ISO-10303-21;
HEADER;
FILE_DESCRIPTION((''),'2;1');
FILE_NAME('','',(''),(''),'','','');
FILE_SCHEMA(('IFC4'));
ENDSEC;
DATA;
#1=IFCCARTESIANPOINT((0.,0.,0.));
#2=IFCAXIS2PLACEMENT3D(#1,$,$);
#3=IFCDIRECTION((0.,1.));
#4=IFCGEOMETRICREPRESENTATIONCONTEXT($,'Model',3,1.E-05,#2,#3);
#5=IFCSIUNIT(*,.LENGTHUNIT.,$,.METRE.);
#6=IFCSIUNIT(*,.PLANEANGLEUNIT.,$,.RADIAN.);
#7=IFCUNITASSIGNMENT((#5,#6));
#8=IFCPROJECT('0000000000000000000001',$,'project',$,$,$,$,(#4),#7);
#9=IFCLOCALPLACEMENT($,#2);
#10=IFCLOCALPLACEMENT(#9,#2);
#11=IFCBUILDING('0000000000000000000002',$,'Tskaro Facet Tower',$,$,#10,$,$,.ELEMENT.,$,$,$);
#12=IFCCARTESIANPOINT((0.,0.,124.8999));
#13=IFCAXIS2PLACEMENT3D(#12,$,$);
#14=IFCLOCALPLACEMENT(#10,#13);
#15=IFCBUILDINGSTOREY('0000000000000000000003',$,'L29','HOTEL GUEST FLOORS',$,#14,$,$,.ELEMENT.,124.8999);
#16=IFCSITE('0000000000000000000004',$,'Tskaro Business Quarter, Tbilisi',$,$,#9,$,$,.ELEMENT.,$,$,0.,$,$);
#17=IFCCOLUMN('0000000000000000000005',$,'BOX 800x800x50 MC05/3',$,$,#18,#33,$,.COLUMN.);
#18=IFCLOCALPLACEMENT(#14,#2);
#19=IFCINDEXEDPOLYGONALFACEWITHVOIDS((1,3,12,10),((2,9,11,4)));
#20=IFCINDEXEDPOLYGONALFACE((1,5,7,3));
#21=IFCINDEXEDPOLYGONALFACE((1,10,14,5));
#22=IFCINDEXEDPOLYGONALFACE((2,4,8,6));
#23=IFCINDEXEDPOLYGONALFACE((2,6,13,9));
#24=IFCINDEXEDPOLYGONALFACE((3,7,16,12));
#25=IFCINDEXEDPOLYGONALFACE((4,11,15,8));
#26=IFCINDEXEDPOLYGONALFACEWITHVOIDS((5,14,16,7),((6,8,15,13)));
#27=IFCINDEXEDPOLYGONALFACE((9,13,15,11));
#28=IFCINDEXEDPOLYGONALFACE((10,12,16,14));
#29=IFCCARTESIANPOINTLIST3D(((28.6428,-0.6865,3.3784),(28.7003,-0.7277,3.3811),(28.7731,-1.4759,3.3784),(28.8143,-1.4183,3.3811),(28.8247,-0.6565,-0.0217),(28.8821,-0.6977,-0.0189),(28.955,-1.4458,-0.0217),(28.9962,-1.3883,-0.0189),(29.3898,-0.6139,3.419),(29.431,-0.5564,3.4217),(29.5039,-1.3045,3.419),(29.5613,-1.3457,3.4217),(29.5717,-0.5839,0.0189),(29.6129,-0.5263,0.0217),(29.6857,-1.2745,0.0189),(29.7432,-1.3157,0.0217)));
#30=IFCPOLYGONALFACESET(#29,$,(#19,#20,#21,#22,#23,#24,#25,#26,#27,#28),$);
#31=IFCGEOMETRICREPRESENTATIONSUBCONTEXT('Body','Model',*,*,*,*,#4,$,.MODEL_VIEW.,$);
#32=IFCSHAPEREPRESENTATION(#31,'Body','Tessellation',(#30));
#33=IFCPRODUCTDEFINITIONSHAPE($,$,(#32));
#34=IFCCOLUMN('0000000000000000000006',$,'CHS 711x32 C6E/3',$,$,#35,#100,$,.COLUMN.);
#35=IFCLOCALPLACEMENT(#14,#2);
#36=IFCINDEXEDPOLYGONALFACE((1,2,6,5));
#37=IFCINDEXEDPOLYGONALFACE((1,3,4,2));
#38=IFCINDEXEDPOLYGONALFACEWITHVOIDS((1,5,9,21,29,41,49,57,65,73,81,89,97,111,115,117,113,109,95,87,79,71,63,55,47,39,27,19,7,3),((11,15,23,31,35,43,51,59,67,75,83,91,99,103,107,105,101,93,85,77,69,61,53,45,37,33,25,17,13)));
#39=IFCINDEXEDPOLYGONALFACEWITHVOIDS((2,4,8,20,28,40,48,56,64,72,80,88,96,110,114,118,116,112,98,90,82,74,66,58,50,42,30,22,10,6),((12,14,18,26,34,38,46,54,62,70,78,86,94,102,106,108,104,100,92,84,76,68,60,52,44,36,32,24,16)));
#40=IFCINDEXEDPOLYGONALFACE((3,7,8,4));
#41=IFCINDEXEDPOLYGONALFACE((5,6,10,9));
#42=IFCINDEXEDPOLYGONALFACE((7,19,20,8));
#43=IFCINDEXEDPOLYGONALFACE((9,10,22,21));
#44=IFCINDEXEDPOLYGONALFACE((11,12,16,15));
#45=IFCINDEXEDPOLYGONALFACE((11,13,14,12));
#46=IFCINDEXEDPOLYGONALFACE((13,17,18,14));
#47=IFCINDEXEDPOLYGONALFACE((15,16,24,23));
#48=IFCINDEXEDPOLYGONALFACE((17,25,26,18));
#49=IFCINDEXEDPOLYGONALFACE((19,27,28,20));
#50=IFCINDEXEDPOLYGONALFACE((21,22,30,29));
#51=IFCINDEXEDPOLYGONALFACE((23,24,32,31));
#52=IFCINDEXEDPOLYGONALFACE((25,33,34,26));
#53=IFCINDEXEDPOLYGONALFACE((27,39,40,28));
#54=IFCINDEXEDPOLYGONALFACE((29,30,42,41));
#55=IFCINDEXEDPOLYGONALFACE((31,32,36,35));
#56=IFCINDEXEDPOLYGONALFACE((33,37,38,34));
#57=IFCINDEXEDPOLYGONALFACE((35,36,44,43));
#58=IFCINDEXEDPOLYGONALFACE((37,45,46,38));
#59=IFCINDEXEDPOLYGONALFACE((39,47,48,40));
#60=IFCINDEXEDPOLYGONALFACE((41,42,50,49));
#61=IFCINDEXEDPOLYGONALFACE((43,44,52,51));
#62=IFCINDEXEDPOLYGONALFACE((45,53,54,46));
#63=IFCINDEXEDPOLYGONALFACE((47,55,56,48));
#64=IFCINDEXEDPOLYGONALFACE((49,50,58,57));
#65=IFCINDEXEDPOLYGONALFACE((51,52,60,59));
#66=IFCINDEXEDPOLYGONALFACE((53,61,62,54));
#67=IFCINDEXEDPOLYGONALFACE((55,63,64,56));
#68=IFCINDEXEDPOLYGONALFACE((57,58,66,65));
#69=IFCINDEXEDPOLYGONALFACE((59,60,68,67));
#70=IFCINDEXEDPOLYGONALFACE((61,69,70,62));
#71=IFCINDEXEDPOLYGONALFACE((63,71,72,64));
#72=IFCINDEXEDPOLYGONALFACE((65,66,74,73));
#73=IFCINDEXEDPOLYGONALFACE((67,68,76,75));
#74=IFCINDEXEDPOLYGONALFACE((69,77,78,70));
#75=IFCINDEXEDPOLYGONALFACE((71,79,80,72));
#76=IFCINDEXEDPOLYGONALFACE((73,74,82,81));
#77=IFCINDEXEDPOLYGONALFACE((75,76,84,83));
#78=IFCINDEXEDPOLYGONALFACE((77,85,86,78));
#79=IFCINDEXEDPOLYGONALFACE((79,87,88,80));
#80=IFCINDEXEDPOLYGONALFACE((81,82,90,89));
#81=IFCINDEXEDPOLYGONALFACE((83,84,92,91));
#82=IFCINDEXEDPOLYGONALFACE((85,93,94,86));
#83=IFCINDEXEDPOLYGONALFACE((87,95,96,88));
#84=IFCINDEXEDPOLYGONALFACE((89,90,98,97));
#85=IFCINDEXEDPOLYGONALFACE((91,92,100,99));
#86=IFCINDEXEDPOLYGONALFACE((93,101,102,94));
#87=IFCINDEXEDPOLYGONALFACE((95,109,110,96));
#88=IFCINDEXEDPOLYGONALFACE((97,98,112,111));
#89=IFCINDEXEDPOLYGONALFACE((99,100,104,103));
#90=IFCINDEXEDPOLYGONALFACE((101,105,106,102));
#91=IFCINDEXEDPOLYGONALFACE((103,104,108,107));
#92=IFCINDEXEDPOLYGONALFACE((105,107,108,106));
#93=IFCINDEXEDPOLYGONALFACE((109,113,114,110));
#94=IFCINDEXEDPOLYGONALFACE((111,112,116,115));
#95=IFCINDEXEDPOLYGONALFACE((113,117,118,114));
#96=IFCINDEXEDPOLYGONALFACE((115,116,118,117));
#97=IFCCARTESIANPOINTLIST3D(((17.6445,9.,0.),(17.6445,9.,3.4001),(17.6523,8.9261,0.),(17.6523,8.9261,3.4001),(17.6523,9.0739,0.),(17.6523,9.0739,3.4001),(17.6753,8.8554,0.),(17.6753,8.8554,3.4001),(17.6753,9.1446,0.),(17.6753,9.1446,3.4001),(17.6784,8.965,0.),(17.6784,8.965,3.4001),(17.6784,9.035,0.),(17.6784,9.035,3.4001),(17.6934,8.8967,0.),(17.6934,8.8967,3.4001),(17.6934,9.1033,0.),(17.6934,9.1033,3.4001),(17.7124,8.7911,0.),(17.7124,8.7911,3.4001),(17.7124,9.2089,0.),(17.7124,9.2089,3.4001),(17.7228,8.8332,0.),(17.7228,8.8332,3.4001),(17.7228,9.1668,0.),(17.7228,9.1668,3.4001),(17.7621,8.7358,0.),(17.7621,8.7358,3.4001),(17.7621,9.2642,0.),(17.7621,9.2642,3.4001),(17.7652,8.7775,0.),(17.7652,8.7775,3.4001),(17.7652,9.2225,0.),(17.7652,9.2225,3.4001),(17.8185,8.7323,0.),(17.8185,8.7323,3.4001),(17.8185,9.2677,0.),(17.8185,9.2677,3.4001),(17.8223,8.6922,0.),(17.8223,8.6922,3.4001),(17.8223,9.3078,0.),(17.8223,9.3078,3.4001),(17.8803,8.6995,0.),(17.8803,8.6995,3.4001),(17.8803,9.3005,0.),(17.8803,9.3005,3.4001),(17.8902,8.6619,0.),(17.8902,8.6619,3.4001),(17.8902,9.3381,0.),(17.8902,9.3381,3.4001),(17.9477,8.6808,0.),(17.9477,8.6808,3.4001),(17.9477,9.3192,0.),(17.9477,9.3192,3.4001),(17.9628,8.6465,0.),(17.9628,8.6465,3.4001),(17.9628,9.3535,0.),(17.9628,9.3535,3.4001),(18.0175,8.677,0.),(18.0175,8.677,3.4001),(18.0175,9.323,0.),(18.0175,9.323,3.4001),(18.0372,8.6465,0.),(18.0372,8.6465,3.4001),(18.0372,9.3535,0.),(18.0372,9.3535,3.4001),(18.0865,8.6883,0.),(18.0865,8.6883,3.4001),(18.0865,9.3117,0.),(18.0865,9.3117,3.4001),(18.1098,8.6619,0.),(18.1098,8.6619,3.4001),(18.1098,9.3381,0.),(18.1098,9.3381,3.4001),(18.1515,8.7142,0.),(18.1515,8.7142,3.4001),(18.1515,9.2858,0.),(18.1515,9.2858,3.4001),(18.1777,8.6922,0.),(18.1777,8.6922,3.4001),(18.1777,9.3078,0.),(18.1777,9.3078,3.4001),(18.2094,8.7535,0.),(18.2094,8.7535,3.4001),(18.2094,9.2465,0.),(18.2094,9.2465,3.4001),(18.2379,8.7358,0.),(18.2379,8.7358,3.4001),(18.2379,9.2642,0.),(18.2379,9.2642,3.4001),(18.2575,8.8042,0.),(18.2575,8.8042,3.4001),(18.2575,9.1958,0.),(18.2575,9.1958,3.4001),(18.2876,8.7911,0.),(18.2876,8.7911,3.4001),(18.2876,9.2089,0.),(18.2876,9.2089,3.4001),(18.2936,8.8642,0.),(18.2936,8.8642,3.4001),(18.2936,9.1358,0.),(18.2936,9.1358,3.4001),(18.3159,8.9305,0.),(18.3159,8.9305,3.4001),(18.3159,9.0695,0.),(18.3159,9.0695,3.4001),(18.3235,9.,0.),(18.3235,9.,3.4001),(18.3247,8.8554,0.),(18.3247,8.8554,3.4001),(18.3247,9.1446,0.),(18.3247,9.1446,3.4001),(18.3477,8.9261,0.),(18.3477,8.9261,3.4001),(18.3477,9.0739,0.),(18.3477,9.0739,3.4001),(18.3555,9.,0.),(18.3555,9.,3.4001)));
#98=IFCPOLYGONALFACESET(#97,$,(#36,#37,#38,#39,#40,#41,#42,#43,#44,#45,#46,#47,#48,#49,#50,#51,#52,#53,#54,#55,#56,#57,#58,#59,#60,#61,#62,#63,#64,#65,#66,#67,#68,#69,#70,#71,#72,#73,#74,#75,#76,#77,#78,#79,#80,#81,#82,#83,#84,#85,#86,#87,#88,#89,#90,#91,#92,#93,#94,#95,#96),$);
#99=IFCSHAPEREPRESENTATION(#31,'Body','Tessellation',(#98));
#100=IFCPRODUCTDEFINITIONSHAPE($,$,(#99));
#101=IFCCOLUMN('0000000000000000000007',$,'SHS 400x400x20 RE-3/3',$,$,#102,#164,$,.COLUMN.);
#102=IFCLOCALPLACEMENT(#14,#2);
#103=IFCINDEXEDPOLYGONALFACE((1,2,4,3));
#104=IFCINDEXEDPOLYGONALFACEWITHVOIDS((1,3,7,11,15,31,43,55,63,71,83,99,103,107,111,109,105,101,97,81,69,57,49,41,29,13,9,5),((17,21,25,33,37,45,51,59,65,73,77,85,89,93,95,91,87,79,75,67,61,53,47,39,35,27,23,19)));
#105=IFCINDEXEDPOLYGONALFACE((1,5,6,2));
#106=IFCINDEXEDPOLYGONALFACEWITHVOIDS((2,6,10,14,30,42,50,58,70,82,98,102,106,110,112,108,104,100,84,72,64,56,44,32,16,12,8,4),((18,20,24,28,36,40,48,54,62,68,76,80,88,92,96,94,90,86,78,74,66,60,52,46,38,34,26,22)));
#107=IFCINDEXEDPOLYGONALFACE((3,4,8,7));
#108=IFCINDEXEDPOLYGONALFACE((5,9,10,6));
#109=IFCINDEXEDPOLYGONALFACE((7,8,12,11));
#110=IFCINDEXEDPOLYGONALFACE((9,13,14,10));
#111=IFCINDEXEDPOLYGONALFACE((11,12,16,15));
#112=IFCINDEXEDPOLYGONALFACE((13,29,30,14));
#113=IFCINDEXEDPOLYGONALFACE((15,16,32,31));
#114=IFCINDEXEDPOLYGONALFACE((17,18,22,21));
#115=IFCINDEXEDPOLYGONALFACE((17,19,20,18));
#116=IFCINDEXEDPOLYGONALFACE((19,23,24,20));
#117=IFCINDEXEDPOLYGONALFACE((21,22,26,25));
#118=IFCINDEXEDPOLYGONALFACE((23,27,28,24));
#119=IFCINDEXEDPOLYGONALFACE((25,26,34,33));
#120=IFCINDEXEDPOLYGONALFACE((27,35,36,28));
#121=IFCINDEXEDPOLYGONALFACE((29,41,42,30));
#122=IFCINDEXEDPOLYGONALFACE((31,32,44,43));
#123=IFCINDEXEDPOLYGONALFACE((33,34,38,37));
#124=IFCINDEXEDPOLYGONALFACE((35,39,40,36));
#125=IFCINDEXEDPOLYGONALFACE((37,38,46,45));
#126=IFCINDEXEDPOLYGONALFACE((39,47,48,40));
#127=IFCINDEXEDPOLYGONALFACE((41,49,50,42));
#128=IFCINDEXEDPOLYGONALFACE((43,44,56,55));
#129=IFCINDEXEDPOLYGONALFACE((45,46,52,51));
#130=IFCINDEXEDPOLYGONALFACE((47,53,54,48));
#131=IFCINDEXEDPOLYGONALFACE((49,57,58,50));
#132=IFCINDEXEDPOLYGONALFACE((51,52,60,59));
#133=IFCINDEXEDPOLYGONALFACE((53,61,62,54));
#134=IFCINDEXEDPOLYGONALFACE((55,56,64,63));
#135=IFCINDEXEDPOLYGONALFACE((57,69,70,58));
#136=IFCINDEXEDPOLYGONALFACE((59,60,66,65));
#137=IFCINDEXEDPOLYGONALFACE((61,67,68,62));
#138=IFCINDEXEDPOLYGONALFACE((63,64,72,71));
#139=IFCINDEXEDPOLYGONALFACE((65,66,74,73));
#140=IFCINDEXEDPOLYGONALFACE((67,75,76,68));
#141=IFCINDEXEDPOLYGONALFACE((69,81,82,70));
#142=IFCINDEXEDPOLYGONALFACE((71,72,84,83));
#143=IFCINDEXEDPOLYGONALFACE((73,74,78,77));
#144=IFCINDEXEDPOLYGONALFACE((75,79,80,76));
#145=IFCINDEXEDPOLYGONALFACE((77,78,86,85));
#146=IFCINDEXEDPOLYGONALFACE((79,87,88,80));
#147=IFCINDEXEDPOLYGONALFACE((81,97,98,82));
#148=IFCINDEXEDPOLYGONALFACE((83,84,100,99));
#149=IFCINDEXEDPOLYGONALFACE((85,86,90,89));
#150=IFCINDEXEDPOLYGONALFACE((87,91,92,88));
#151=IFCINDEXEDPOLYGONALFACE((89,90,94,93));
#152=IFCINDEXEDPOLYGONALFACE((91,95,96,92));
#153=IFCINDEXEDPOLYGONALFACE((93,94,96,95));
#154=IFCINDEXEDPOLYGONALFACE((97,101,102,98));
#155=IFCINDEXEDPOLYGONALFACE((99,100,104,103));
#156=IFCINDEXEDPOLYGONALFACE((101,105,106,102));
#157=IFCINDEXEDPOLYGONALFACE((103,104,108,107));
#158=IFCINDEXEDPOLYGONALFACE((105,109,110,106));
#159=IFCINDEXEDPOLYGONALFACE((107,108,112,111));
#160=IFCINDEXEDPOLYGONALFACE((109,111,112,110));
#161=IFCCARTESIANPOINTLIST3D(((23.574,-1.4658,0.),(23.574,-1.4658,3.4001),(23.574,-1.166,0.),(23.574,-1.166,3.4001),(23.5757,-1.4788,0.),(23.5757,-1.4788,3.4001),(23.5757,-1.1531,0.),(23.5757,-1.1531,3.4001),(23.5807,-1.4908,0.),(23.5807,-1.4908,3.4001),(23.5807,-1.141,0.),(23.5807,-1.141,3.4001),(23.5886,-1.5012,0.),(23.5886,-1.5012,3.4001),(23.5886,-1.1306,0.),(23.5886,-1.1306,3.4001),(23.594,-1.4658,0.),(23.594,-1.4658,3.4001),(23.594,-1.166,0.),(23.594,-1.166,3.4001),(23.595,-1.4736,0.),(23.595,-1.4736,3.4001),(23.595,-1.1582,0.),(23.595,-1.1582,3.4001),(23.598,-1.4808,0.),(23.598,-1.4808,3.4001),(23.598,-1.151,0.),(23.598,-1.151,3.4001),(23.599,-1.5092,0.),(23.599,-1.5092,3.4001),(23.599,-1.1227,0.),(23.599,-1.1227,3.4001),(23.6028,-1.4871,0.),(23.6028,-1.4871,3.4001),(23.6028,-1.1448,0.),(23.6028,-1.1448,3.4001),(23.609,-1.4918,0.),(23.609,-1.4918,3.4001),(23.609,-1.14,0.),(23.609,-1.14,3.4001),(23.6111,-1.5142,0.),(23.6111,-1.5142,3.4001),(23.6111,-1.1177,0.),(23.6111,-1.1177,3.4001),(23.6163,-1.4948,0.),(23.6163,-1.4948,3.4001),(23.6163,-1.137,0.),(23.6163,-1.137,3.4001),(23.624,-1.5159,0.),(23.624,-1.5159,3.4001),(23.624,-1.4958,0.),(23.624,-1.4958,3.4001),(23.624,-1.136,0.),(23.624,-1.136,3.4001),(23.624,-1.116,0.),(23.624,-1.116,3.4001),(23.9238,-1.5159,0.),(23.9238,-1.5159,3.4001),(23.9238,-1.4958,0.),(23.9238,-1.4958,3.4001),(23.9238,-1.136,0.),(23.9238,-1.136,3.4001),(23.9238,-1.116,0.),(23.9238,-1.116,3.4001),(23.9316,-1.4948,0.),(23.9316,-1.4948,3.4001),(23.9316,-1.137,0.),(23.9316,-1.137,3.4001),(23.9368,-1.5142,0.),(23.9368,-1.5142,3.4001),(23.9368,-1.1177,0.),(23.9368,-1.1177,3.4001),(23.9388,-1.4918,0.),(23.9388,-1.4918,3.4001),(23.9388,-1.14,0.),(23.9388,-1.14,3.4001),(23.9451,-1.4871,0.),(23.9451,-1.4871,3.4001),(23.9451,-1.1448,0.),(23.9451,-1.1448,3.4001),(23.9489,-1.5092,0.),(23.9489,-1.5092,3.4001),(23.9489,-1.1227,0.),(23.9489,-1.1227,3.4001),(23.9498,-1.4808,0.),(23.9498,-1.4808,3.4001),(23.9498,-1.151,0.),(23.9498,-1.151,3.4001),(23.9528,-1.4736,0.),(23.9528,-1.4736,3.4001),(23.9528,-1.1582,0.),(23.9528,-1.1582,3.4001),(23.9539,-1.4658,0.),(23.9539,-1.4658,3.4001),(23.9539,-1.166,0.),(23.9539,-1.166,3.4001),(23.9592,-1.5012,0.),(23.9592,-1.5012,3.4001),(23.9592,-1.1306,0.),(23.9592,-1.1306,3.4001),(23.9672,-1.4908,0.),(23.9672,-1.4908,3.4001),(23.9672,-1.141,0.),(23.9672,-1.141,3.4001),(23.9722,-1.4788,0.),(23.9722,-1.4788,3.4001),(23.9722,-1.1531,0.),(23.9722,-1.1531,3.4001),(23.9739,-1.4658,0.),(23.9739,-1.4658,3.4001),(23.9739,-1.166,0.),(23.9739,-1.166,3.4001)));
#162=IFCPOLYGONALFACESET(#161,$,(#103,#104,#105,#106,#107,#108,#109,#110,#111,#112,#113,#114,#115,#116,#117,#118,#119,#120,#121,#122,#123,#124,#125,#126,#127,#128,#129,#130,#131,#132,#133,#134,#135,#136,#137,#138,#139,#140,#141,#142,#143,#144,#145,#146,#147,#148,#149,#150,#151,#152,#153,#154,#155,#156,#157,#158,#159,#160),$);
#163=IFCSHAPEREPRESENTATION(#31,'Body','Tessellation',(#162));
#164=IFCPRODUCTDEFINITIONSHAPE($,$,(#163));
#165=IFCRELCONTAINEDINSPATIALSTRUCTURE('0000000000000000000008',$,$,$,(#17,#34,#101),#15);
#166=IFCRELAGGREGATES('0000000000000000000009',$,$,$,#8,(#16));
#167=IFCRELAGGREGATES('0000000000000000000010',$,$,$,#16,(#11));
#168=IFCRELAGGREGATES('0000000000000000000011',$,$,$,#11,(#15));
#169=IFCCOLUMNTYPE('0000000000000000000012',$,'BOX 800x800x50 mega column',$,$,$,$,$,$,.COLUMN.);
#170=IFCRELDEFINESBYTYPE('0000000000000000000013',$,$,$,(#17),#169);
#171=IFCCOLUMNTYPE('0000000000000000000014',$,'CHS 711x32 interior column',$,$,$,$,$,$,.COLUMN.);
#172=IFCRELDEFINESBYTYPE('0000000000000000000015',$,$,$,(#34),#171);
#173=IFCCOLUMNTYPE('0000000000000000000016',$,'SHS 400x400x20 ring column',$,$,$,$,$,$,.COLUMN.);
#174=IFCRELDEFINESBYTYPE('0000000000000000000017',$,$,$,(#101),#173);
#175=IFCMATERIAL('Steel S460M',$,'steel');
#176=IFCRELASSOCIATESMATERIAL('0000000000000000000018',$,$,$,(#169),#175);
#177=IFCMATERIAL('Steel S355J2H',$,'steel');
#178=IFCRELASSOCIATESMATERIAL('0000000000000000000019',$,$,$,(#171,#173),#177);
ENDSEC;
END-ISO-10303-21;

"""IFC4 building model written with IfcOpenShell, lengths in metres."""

from ifc_helpers import new_model, si_unit, direction, frame, origin, origin_2d, place, context, subcontext, project, spatial, hollow_rectangle, hollow_circle, extrude, material, material_profile, profile_set, type_object, element, save


model = new_model("IFC4")

# Units and contexts
model_context = context("Model", 3, precision=1e-05, world=origin(), true_north=direction((0.0, 1.0)))
body_context = subcontext(model_context, "Body", "Model", "MODEL_VIEW")
ifc_project = project(units=[si_unit("LENGTHUNIT", "METRE"), si_unit("PLANEANGLEUNIT", "RADIAN")], contexts=[model_context])

# Site, building, storey
site_placement = place(None, origin())
site = spatial("IfcSite", under=ifc_project, at=site_placement, Name="Tskaro Business Quarter, Tbilisi", CompositionType="ELEMENT", RefElevation=0.0)
building_placement = place(site_placement, origin())
building = spatial("IfcBuilding", under=site, at=building_placement, Name="Tskaro Facet Tower", CompositionType="ELEMENT")
storey_placement = place(building_placement, frame((0.0, 0.0, 124.8999)))
storey = spatial("IfcBuildingStorey", under=building, at=storey_placement, Name="L29", Description="HOTEL GUEST FLOORS", CompositionType="ELEMENT", Elevation=124.8999)

# Columns
ifc_material_1 = material(Name="Steel S460M", Category="steel")
ifc_material_profile_1 = material_profile(ifc_material_1, hollow_rectangle(XDim=0.8, YDim=0.8, WallThickness=0.05, at=origin_2d()), Name="BOX 800x800x50")
ifc_profile_set_1 = profile_set([ifc_material_profile_1], Name="Steel S460M")
column_type_1 = type_object("IfcColumnType", Name="BOX 800x800x50 mega column", PredefinedType="COLUMN", material=ifc_profile_set_1)
column_1_placement = place(storey_placement, frame((29.2839, -0.9861, 0.0), z_axis=(-0.053415, -0.008819, 0.998533), x_axis=(0.162895, -0.986643, 0.0)))
element("IfcColumn", 1, at=column_1_placement, inside=storey, type_object=column_type_1, Name="BOX 800x800x50 MC05/3", PredefinedType="COLUMN", context=body_context, shape_type="SweptSolid", body=[
    extrude(hollow_rectangle(XDim=0.8, YDim=0.8, WallThickness=0.05, at=origin_2d()), origin(), (0.0, 0.0, 1.0), 3.405),
])
ifc_material_2 = material(Name="Steel S355J2H", Category="steel")
ifc_material_profile_2 = material_profile(ifc_material_2, hollow_circle(Radius=0.3555, WallThickness=0.032, at=origin_2d()), Name="CHS 711x32")
ifc_profile_set_2 = profile_set([ifc_material_profile_2], Name="Steel S355J2H")
column_type_2 = type_object("IfcColumnType", Name="CHS 711x32 interior column", PredefinedType="COLUMN", material=ifc_profile_set_2)
column_2_placement = place(storey_placement, frame((18.0, 9.0, 0.0), z_axis=(0.0, 0.0, 1.0), x_axis=(1.0, 0.0, 0.0)))
element("IfcColumn", 2, at=column_2_placement, inside=storey, type_object=column_type_2, Name="CHS 711x32 C6E/3", PredefinedType="COLUMN", context=body_context, shape_type="SweptSolid", body=[
    extrude(hollow_circle(Radius=0.3555, WallThickness=0.032, at=origin_2d()), origin(), (0.0, 0.0, 1.0), 3.4001),
])
ifc_material_profile_3 = material_profile(ifc_material_2, hollow_rectangle(XDim=0.3999, YDim=0.3999, WallThickness=0.02, InnerFilletRadius=0.03, OuterFilletRadius=0.05, at=origin_2d()), Name="SHS 400x400x20")
ifc_profile_set_3 = profile_set([ifc_material_profile_3], Name="Steel S355J2H")
column_type_3 = type_object("IfcColumnType", Name="SHS 400x400x20 ring column", PredefinedType="COLUMN", material=ifc_profile_set_3)
for number, where, z_axis, x_axis, name in (
    (3, (23.7739, -1.3159, 0.0), (0.0, 0.0, 1.0), (1.0, 0.0, 0.0), "SHS 400x400x20 RE-3/3"),
):
    element("IfcColumn", number, at=place(storey_placement, frame(where, z_axis=z_axis, x_axis=x_axis)), inside=storey, type_object=column_type_3, Name=name, PredefinedType="COLUMN", context=body_context, shape_type="SweptSolid", body=[
        extrude(hollow_rectangle(XDim=0.3999, YDim=0.3999, WallThickness=0.02, InnerFilletRadius=0.03, OuterFilletRadius=0.05, at=origin_2d()), origin(), (0.0, 0.0, 1.0), 3.4001),
    ])

save(model, "model.ifc")
